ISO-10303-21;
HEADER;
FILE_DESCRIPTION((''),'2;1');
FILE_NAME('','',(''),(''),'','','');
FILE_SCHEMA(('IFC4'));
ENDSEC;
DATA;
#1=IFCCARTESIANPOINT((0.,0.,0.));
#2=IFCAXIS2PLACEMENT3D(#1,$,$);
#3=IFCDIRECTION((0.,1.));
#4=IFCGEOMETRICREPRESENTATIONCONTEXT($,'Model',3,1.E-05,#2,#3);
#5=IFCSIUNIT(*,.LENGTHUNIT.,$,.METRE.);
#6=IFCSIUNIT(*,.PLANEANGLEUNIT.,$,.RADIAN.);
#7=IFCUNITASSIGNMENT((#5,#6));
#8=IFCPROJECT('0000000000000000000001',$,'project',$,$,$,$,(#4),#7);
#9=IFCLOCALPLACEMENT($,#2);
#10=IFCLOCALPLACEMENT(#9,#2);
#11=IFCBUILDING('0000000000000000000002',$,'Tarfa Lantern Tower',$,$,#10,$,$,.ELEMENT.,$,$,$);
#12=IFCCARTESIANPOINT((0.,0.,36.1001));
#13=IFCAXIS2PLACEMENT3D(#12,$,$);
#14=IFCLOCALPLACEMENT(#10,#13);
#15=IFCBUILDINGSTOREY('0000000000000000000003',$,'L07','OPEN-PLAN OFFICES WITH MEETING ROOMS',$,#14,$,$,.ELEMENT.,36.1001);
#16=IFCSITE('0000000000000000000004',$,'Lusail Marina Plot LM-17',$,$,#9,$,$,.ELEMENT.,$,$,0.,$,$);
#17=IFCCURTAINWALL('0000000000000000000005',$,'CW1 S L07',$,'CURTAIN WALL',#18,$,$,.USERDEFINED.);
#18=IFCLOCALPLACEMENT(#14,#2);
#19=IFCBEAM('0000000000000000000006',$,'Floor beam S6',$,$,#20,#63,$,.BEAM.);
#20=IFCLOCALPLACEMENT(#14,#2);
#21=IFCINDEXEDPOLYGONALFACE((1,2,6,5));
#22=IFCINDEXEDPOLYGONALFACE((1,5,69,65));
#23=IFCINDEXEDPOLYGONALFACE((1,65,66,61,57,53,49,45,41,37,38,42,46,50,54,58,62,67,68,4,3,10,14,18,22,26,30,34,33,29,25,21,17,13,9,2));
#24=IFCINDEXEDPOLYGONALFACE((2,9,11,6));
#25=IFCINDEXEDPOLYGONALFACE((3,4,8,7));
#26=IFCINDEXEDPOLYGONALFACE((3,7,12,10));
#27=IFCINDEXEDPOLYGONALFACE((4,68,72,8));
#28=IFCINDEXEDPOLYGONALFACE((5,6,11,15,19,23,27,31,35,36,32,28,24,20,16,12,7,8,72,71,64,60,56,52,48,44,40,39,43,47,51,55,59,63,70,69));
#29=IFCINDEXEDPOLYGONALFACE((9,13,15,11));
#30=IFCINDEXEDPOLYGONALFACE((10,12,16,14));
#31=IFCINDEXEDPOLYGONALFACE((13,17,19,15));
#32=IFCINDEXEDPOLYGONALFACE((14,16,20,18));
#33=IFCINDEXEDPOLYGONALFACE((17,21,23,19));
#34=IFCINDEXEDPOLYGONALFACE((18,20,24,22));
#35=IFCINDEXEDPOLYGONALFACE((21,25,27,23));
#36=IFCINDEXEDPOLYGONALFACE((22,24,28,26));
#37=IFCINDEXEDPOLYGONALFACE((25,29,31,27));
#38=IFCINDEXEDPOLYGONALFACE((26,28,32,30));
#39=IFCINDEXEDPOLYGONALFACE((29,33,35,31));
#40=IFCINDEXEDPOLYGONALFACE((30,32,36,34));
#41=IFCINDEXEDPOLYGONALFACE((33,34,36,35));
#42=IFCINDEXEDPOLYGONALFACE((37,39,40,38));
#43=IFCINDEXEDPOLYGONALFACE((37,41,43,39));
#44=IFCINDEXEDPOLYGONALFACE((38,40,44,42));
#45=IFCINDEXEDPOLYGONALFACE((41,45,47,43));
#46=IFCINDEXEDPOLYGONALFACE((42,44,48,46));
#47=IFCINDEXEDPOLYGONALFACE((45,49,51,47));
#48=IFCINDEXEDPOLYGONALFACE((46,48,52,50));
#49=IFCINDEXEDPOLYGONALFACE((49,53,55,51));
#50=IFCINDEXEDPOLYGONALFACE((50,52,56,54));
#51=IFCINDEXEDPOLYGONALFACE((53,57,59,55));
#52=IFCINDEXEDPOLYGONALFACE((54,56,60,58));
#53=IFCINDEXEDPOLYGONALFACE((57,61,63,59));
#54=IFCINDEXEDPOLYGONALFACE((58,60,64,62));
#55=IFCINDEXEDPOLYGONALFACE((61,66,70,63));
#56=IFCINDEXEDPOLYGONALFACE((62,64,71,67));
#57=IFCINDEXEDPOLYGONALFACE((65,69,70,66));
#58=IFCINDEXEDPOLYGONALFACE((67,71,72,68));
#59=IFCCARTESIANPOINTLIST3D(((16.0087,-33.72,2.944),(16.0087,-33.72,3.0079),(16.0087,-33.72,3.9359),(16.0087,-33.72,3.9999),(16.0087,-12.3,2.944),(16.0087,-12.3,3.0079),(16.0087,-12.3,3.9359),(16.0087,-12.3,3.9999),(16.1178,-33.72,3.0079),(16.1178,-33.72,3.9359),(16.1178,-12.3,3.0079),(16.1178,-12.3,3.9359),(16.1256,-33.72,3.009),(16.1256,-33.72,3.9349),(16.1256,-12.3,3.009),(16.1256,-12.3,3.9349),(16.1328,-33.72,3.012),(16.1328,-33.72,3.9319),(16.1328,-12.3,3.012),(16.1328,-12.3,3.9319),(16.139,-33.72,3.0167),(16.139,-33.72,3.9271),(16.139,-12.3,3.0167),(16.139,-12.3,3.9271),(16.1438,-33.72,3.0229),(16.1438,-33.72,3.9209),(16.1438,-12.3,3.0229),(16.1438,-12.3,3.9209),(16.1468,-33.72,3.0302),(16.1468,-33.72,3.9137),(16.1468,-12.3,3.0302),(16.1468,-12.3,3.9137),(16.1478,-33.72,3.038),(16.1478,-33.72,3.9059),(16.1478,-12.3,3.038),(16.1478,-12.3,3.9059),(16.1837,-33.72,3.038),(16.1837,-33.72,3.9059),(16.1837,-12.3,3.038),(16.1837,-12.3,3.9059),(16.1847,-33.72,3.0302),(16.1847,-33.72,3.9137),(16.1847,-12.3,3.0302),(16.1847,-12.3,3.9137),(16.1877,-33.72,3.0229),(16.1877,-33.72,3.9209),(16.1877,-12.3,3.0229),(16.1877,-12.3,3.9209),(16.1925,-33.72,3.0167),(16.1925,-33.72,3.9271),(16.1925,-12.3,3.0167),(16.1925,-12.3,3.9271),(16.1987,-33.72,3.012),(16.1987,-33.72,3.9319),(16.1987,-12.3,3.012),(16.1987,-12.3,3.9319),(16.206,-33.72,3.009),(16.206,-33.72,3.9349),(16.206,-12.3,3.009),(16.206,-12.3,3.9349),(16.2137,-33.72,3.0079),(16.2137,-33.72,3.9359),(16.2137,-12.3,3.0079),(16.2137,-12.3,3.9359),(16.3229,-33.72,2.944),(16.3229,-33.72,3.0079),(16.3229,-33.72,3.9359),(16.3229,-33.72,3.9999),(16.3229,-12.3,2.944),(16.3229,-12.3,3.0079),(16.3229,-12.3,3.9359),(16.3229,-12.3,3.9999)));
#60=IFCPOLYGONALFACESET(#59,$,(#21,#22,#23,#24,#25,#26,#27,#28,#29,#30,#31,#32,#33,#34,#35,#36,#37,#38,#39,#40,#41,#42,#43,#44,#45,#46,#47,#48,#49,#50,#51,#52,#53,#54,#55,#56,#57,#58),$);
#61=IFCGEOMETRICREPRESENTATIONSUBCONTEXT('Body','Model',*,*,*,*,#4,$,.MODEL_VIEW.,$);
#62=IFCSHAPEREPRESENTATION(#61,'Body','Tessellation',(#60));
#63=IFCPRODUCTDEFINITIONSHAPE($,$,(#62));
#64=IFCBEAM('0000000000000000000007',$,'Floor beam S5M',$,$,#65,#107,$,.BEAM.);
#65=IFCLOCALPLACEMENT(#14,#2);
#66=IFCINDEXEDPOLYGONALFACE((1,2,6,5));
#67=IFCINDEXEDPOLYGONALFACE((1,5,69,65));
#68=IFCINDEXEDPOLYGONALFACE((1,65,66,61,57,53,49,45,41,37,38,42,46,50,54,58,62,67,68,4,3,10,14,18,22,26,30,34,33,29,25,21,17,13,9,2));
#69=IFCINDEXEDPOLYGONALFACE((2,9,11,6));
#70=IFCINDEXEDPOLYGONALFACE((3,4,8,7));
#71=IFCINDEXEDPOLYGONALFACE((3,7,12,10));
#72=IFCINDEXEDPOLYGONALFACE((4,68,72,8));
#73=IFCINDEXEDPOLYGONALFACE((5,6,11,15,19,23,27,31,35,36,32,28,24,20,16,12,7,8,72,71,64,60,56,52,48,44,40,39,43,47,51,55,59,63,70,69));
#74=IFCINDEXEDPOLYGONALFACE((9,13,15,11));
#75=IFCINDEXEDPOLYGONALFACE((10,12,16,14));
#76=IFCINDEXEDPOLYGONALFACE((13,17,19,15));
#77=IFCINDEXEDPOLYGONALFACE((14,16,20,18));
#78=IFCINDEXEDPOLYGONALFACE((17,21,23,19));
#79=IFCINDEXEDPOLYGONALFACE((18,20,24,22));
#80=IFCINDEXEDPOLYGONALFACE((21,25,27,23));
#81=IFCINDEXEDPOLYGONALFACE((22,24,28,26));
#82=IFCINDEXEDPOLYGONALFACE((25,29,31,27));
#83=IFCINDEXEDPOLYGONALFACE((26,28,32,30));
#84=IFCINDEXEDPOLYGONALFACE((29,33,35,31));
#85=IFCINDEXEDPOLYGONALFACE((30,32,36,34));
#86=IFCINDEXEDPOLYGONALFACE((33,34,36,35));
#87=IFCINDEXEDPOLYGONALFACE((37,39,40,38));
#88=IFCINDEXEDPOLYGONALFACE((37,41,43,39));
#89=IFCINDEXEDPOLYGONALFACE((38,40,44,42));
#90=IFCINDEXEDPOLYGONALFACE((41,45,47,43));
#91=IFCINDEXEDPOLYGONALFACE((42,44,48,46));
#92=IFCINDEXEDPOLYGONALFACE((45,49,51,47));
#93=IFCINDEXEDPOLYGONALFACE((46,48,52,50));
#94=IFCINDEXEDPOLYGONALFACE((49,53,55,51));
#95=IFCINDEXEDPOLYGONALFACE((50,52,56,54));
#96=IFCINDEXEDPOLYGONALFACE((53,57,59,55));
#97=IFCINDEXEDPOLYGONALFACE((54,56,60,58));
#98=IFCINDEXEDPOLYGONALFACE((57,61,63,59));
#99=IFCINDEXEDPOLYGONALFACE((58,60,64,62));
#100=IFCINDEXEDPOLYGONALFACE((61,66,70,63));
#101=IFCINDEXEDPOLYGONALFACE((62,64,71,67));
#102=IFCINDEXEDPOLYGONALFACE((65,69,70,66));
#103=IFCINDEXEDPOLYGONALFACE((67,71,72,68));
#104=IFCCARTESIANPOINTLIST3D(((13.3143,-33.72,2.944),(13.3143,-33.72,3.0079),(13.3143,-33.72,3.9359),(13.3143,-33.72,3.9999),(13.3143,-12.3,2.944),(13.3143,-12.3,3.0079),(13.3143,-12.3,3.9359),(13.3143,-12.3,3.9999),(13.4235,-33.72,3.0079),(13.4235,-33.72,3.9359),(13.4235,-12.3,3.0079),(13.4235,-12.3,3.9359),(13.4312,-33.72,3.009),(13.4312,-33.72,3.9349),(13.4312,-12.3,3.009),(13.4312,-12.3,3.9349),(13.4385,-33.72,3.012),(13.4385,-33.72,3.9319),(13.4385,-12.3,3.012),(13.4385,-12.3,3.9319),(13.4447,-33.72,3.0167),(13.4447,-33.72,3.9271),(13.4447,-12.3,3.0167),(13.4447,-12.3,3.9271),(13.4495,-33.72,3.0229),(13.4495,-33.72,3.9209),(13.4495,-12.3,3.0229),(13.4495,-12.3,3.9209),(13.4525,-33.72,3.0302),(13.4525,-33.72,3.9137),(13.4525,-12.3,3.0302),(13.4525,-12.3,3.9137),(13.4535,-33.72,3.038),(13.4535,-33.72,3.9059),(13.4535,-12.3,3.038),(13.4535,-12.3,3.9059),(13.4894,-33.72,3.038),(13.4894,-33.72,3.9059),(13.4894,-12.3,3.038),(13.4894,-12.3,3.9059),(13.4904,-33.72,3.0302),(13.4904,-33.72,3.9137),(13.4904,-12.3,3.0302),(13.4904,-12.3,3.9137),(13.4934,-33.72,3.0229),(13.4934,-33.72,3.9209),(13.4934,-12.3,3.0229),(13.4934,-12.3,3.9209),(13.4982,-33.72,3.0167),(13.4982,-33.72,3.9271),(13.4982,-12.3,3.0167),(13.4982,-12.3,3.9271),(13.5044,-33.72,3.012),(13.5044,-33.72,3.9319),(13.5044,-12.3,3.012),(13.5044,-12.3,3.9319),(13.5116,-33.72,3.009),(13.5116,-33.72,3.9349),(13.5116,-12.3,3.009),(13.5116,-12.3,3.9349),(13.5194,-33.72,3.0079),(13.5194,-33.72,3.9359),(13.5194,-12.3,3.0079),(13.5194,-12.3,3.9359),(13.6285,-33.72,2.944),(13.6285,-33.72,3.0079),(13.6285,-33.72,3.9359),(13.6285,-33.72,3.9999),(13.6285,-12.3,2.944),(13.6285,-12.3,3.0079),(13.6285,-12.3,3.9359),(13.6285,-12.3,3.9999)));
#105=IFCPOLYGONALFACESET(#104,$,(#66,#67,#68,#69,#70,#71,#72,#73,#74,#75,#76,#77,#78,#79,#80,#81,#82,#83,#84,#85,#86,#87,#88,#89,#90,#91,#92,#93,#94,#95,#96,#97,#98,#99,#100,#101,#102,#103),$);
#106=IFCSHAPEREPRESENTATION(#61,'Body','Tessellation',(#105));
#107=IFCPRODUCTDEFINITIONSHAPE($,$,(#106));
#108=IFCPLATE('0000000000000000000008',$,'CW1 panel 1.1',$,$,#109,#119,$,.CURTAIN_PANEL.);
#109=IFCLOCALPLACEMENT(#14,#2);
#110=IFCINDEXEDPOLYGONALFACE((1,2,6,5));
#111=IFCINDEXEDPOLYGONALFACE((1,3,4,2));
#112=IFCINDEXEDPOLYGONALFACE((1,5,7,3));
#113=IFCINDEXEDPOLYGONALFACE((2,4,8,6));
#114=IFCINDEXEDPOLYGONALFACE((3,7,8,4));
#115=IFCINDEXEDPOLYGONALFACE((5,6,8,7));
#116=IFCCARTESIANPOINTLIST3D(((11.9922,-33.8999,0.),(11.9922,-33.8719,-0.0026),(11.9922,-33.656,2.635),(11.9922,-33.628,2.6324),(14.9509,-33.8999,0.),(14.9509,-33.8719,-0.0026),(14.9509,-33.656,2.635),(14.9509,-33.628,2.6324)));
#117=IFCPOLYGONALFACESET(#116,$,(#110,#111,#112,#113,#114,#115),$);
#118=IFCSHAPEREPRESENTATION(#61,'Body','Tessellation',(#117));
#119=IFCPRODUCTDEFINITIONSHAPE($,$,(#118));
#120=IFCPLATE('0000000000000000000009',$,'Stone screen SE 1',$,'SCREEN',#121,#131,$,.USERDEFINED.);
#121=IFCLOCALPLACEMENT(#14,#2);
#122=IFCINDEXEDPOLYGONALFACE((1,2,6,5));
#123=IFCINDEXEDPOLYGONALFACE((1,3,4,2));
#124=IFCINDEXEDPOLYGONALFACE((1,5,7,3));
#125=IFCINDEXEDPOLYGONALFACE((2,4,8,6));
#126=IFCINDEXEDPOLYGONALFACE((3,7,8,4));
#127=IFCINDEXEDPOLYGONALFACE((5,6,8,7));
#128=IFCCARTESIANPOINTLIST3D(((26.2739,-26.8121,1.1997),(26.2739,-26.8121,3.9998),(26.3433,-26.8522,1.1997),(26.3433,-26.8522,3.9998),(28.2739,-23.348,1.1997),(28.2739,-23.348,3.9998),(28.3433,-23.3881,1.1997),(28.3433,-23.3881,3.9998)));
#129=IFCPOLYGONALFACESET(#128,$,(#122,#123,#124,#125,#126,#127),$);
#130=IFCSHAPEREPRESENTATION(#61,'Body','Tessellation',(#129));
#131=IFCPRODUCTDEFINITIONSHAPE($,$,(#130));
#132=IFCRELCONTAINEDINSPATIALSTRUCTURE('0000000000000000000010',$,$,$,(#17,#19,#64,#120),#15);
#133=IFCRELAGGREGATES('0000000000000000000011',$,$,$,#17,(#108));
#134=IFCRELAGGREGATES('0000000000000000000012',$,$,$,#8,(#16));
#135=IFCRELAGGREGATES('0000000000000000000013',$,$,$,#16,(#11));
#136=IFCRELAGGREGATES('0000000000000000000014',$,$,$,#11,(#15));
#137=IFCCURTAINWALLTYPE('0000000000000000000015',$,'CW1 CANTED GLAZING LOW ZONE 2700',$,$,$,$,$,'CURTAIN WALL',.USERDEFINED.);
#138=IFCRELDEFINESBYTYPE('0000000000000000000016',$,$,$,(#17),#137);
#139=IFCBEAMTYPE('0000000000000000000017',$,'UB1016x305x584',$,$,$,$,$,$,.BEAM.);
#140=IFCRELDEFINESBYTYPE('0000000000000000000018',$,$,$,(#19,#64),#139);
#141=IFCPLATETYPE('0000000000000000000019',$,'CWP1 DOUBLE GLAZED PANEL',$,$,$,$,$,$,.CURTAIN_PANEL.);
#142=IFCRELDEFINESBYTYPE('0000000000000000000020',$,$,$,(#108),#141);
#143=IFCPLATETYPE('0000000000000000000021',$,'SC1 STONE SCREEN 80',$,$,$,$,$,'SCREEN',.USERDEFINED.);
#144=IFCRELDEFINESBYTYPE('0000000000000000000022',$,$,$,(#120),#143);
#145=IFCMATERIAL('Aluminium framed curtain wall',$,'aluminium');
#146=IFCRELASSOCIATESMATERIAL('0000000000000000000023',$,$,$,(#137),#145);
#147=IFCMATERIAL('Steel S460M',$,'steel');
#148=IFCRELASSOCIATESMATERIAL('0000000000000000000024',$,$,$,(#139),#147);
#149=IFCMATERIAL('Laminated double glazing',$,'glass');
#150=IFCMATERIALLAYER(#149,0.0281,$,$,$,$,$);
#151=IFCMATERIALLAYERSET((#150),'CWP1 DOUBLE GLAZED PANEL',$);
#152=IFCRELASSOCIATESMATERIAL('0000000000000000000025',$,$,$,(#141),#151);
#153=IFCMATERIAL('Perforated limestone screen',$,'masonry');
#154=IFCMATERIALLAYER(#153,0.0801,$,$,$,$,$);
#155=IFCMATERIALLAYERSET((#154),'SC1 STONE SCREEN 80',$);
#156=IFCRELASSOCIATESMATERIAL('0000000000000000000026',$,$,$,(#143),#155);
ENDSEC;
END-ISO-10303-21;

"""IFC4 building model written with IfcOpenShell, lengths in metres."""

from ifc_helpers import new_model, si_unit, direction, frame, origin, origin_2d, place, context, subcontext, project, spatial, polyline, rectangle, i_section, outline, extrude, material, layer, layer_set, material_profile, profile_set, type_object, element, aggregate, save


model = new_model("IFC4")

# Units and contexts
model_context = context("Model", 3, precision=1e-05, world=origin(), true_north=direction((0.0, 1.0)))
body_context = subcontext(model_context, "Body", "Model", "MODEL_VIEW")
ifc_project = project(units=[si_unit("LENGTHUNIT", "METRE"), si_unit("PLANEANGLEUNIT", "RADIAN")], contexts=[model_context])

# Site, building, storey
site_placement = place(None, origin())
site = spatial("IfcSite", under=ifc_project, at=site_placement, Name="Lusail Marina Plot LM-17", CompositionType="ELEMENT", RefElevation=0.0)
building_placement = place(site_placement, origin())
building = spatial("IfcBuilding", under=site, at=building_placement, Name="Tarfa Lantern Tower", CompositionType="ELEMENT")
storey_placement = place(building_placement, frame((0.0, 0.0, 36.1001)))
storey = spatial("IfcBuildingStorey", under=building, at=storey_placement, Name="L07", Description="OPEN-PLAN OFFICES WITH MEETING ROOMS", CompositionType="ELEMENT", Elevation=36.1001)

# Curtain wall
ifc_material_1 = material(Name="Aluminium framed curtain wall", Category="aluminium")
curtain_wall_type = type_object("IfcCurtainWallType", Name="CW1 CANTED GLAZING LOW ZONE 2700", ElementType="CURTAIN WALL", PredefinedType="USERDEFINED", material=ifc_material_1)
curtain_wall_placement = place(storey_placement, origin())
curtain_wall = element("IfcCurtainWall", 1, at=curtain_wall_placement, inside=storey, type_object=curtain_wall_type, Name="CW1 S L07", ObjectType="CURTAIN WALL", PredefinedType="USERDEFINED")

# Beams
ifc_material_2 = material(Name="Steel S460M", Category="steel")
ifc_material_profile_1 = material_profile(ifc_material_2, i_section(OverallWidth=0.3142, OverallDepth=1.0559, WebThickness=0.0359, FlangeThickness=0.064, FilletRadius=0.03, at=origin_2d()), Name="UB1016x305x584")
ifc_profile_set_1 = profile_set([ifc_material_profile_1], Name="Steel S460M")
beam_type_1 = type_object("IfcBeamType", Name="UB1016x305x584", PredefinedType="BEAM", material=ifc_profile_set_1)
for number, where, z_axis, x_axis, name in (
    (2, (16.1658, -33.72, 3.4719), (0.0, 1.0, 0.0), (-1.0, 0.0, 0.0), "Floor beam S6"),
    (3, (13.4714, -33.72, 3.4719), (0.0, 1.0, 0.0), (-1.0, 0.0, 0.0), "Floor beam S5M"),
):
    element("IfcBeam", number, at=place(storey_placement, frame(where, z_axis=z_axis, x_axis=x_axis)), inside=storey, type_object=beam_type_1, Name=name, PredefinedType="BEAM", context=body_context, shape_type="SweptSolid", body=[
        extrude(i_section(OverallWidth=0.3142, OverallDepth=1.0559, WebThickness=0.0359, FlangeThickness=0.064, FilletRadius=0.03, at=origin_2d()), origin(), (0.0, 0.0, 1.0), 21.4199),
    ])

# Plates
ifc_material_3 = material(Name="Laminated double glazing", Category="glass")
ifc_layer_1 = layer(ifc_material_3, 0.0281)
ifc_layer_set_1 = layer_set([ifc_layer_1], Name="CWP1 DOUBLE GLAZED PANEL")
plate_type_1 = type_object("IfcPlateType", Name="CWP1 DOUBLE GLAZED PANEL", PredefinedType="CURTAIN_PANEL", material=ifc_layer_set_1)
plate_1_placement = place(storey_placement, frame((11.9922, -33.8999, 0.0), z_axis=(0.0, -0.995744, 0.092166), x_axis=(1.0, 0.0, 0.0)))
plate_1 = element("IfcPlate", 4, at=plate_1_placement, type_object=plate_type_1, Name="CW1 panel 1.1", PredefinedType="CURTAIN_PANEL", context=body_context, shape_type="SweptSolid", body=[
    extrude(outline(polyline([(0.0, 0.0), (2.9587, 0.0), (2.9587, 2.6463), (0.0, 2.6463), (0.0, 0.0)])), origin(), (0.0, 0.0, -1.0), 0.0281),
])
aggregate(curtain_wall, [plate_1])
ifc_material_4 = material(Name="Perforated limestone screen", Category="masonry")
ifc_layer_2 = layer(ifc_material_4, 0.0801)
ifc_layer_set_2 = layer_set([ifc_layer_2], Name="SC1 STONE SCREEN 80")
plate_type_2 = type_object("IfcPlateType", Name="SC1 STONE SCREEN 80", ElementType="SCREEN", PredefinedType="USERDEFINED", material=ifc_layer_set_2)
plate_2_placement = place(storey_placement, frame((27.3086, -25.1001, 1.1997), z_axis=(0.0, 0.0, 1.0), x_axis=(0.5, 0.866025, 0.0)))
element("IfcPlate", 5, at=plate_2_placement, inside=storey, type_object=plate_type_2, Name="Stone screen SE 1", ObjectType="SCREEN", PredefinedType="USERDEFINED", context=body_context, shape_type="SweptSolid", body=[
    extrude(rectangle(XDim=4.0, YDim=0.0801, at=origin_2d()), origin(), (0.0, 0.0, 1.0), 2.8),
])

save(model, "model.ifc")
